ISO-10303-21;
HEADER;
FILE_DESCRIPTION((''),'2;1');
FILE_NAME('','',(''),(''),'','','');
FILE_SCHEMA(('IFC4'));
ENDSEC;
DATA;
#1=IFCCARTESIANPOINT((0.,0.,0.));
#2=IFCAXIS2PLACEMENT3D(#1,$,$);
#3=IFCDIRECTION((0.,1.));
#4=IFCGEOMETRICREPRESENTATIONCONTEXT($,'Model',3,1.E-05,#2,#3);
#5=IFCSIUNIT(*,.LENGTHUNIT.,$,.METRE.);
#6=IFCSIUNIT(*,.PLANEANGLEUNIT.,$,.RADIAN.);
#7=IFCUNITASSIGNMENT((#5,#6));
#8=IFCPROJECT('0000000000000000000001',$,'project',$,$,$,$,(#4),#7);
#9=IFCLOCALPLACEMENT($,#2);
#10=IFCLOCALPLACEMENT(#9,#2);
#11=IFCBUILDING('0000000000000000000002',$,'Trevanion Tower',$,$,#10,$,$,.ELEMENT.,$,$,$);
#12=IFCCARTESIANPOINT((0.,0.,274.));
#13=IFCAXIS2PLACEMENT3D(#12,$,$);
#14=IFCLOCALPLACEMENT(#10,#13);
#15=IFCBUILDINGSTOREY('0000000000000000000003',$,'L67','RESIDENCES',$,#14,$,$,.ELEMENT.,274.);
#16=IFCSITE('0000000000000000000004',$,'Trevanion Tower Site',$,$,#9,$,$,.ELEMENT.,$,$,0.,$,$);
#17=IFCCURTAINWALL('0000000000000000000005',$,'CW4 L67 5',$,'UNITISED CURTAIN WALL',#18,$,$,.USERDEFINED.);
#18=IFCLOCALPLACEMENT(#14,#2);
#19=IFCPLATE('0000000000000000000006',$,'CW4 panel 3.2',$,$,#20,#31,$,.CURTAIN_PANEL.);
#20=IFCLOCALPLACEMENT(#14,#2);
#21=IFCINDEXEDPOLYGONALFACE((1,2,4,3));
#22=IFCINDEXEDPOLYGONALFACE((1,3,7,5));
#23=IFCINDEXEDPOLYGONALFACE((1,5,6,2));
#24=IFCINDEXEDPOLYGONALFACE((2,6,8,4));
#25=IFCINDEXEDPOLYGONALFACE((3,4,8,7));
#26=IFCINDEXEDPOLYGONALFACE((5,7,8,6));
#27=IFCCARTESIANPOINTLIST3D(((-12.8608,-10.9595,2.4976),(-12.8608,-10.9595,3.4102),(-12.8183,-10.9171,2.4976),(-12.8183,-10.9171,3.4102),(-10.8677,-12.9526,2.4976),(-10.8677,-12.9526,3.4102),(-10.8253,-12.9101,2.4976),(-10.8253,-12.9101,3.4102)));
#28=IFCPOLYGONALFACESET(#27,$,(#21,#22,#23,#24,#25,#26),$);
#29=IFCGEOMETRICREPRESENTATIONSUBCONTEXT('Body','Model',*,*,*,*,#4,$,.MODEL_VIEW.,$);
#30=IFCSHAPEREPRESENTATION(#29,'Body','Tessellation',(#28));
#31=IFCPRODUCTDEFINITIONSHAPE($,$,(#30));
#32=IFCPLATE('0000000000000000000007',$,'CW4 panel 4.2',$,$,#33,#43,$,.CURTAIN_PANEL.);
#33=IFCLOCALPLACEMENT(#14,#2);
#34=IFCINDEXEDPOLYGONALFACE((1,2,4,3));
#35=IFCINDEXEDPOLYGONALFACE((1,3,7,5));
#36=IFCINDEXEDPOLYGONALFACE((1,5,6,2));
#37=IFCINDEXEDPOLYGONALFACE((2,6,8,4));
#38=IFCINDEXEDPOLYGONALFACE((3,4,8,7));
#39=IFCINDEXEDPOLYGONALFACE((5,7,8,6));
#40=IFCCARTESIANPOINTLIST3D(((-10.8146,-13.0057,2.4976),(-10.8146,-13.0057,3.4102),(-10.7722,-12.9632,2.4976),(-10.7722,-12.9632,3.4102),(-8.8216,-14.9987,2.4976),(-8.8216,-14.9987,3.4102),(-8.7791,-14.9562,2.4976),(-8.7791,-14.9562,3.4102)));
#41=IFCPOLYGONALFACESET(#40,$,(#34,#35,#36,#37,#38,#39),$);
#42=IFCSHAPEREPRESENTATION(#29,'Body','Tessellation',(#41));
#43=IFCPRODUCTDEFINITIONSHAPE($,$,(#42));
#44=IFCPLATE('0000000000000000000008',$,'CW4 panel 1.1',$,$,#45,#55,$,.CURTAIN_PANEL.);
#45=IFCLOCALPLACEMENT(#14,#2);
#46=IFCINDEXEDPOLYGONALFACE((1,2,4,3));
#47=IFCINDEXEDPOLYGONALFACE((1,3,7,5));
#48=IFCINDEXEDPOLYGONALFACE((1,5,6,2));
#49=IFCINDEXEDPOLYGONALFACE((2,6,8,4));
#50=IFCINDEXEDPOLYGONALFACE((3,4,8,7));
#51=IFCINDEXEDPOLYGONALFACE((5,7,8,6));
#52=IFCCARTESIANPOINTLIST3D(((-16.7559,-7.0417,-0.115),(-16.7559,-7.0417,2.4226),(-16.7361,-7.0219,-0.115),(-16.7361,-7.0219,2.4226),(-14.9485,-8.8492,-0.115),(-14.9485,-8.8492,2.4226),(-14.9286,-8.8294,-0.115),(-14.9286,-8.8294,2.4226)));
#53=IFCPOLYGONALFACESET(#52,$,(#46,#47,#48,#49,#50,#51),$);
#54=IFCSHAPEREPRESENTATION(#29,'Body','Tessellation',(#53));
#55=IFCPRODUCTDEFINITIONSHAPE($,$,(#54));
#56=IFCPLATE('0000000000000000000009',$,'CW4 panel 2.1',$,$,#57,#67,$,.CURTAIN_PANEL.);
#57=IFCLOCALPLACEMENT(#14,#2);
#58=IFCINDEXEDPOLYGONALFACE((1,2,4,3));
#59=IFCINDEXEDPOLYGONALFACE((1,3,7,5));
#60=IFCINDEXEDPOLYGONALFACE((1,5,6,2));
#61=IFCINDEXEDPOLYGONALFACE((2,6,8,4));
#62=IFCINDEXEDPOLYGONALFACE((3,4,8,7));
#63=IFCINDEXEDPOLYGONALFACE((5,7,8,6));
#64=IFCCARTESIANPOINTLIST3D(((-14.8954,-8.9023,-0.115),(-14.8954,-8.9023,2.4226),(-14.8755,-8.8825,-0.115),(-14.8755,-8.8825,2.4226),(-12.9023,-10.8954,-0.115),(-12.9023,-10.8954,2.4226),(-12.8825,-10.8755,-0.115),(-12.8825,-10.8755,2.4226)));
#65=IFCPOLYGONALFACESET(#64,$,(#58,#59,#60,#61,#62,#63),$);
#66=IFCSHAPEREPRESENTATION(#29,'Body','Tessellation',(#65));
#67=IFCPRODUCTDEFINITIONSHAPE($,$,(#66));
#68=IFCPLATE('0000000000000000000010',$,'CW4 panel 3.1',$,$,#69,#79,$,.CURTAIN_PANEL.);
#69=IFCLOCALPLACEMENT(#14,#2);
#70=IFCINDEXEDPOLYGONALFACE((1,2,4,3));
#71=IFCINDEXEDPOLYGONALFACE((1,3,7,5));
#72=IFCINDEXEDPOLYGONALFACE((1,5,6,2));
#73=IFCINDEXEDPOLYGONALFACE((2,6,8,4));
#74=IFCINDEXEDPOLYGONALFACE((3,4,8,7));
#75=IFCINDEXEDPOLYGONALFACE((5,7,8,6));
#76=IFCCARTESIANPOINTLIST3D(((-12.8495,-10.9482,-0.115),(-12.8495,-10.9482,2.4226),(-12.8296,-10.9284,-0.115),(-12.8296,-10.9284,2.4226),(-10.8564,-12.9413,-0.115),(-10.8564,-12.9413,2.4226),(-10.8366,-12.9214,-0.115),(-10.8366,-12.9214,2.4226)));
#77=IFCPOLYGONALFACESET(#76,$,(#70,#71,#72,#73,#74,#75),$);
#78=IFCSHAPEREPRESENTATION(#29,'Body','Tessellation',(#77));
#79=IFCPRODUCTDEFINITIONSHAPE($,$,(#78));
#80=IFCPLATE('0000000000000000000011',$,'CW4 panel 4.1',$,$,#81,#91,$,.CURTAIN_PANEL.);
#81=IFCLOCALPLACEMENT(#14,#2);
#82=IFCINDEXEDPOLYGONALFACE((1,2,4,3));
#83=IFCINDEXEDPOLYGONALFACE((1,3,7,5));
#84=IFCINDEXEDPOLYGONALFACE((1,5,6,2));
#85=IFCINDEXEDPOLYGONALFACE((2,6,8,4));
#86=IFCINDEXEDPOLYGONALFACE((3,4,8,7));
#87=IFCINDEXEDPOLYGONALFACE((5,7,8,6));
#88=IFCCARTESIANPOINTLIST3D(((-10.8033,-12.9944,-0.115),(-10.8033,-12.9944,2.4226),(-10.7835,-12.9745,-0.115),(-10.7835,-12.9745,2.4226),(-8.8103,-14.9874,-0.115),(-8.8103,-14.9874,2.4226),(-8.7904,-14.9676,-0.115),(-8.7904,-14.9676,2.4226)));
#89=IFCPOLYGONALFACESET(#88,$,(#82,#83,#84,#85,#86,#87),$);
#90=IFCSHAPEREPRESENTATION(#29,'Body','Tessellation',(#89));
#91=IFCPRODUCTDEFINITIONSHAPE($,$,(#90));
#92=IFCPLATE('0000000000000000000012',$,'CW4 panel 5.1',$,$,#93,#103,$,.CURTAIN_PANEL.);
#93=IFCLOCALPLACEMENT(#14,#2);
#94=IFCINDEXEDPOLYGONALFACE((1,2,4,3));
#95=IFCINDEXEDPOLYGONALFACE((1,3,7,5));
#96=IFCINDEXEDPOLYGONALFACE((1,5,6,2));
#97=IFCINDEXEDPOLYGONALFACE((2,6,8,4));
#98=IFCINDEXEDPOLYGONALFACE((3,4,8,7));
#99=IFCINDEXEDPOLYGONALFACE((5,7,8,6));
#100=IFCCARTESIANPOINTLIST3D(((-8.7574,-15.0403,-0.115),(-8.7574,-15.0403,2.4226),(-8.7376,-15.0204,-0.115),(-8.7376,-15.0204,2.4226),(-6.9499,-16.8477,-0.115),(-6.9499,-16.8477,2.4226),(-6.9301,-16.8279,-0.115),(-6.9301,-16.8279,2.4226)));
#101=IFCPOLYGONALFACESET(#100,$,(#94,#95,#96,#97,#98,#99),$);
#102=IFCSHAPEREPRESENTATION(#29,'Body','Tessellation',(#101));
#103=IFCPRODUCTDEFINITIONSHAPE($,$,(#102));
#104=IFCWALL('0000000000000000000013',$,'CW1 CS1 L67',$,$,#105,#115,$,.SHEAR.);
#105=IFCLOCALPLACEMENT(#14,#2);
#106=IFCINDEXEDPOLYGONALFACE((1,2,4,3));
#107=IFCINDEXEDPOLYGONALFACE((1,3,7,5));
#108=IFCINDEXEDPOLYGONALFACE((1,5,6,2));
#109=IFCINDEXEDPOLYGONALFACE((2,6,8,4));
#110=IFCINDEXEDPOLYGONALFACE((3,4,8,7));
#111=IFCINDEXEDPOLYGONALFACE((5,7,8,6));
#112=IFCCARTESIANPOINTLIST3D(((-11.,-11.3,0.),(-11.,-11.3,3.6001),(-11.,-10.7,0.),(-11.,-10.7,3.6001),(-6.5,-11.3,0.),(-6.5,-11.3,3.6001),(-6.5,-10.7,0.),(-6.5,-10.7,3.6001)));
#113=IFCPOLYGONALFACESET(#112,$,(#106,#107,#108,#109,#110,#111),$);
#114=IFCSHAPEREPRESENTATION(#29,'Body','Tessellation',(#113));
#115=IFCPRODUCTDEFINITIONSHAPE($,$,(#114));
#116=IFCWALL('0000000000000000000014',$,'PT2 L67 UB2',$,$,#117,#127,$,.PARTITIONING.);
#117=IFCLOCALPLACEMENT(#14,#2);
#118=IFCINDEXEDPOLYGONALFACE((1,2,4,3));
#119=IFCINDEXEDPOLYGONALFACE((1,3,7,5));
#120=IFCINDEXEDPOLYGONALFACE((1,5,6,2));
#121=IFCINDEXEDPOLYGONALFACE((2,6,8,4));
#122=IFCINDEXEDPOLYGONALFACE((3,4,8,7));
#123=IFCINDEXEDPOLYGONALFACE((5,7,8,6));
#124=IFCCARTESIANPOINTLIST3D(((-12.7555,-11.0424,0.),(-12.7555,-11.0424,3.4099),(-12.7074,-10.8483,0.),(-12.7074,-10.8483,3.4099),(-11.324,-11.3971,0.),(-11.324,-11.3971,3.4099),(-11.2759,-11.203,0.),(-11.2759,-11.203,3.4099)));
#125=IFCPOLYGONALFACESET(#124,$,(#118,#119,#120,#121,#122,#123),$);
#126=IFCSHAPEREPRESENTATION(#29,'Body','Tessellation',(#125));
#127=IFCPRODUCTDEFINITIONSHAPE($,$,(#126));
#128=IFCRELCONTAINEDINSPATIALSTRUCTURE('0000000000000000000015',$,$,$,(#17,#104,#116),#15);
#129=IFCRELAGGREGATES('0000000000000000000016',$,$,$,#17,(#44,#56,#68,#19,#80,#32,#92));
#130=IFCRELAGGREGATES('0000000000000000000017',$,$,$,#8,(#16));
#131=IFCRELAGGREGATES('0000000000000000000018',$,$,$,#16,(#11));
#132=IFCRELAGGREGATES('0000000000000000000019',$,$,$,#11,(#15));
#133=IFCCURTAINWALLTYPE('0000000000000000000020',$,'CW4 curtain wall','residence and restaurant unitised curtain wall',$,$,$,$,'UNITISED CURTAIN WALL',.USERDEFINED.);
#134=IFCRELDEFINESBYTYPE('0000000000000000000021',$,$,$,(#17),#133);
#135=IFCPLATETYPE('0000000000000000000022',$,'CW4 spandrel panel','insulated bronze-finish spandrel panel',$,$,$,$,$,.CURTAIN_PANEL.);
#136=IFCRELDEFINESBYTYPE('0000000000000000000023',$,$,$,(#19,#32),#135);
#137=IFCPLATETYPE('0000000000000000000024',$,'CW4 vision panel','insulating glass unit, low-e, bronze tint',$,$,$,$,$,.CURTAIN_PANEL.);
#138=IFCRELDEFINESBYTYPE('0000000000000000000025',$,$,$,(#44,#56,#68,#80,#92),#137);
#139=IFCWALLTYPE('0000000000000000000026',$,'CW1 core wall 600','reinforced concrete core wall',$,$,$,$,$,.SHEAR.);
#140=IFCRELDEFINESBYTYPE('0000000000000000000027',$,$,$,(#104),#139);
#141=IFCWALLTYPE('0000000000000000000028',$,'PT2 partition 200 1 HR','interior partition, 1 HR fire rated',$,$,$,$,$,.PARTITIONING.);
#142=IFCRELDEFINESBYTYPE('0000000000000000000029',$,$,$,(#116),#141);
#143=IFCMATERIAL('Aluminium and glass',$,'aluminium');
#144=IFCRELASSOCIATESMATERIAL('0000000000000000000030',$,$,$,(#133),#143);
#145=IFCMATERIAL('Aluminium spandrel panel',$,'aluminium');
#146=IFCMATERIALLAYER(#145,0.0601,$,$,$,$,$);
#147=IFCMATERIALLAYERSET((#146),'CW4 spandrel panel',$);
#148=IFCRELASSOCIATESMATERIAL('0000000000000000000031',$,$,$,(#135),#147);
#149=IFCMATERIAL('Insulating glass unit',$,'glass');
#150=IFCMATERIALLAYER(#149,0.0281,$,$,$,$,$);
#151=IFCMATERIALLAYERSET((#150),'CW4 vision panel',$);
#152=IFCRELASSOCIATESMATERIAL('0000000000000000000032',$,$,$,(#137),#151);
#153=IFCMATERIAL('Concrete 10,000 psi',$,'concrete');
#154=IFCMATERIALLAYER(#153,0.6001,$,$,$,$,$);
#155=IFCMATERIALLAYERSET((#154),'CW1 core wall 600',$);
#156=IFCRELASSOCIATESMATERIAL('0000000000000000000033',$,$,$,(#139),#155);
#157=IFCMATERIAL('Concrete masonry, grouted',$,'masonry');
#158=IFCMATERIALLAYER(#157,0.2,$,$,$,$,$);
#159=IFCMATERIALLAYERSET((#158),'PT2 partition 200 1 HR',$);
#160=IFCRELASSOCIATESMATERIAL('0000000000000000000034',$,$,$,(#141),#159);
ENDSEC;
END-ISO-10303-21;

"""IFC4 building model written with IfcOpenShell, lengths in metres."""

from ifc_helpers import new_model, si_unit, direction, frame, frame_2d, origin, origin_2d, place, context, subcontext, project, spatial, rectangle, extrude, material, layer, layer_set, type_object, element, aggregate, save


model = new_model("IFC4")

# Units and contexts
model_context = context("Model", 3, precision=1e-05, world=origin(), true_north=direction((0.0, 1.0)))
body_context = subcontext(model_context, "Body", "Model", "MODEL_VIEW")
ifc_project = project(units=[si_unit("LENGTHUNIT", "METRE"), si_unit("PLANEANGLEUNIT", "RADIAN")], contexts=[model_context])

# Site, building, storey
site_placement = place(None, origin())
site = spatial("IfcSite", under=ifc_project, at=site_placement, Name="Trevanion Tower Site", CompositionType="ELEMENT", RefElevation=0.0)
building_placement = place(site_placement, origin())
building = spatial("IfcBuilding", under=site, at=building_placement, Name="Trevanion Tower", CompositionType="ELEMENT")
storey_placement = place(building_placement, frame((0.0, 0.0, 274.0)))
storey = spatial("IfcBuildingStorey", under=building, at=storey_placement, Name="L67", Description="RESIDENCES", CompositionType="ELEMENT", Elevation=274.0)

# Curtain wall, plates
ifc_material_1 = material(Name="Aluminium and glass", Category="aluminium")
curtain_wall_type = type_object("IfcCurtainWallType", Name="CW4 curtain wall", Description="residence and restaurant unitised curtain wall", ElementType="UNITISED CURTAIN WALL", PredefinedType="USERDEFINED", material=ifc_material_1)
curtain_wall_placement = place(storey_placement, origin())
curtain_wall = element("IfcCurtainWall", 1, at=curtain_wall_placement, inside=storey, type_object=curtain_wall_type, Name="CW4 L67 5", ObjectType="UNITISED CURTAIN WALL", PredefinedType="USERDEFINED")
ifc_material_2 = material(Name="Aluminium spandrel panel", Category="aluminium")
ifc_layer_1 = layer(ifc_material_2, 0.0601)
ifc_layer_set_1 = layer_set([ifc_layer_1], Name="CW4 spandrel panel")
plate_type_1 = type_object("IfcPlateType", Name="CW4 spandrel panel", Description="insulated bronze-finish spandrel panel", PredefinedType="CURTAIN_PANEL", material=ifc_layer_set_1)
plate_1_placement = place(storey_placement, frame((-11.843, -11.9348, 2.4976), z_axis=(0.0, 0.0, 1.0), x_axis=(0.707107, -0.707107, 0.0)))
plate_1 = element("IfcPlate", 2, at=plate_1_placement, type_object=plate_type_1, Name="CW4 panel 3.2", PredefinedType="CURTAIN_PANEL", context=body_context, shape_type="SweptSolid", body=[
    extrude(rectangle(XDim=2.8186, YDim=0.0601, at=origin_2d()), origin(), (0.0, 0.0, 1.0), 0.9126),
])
plate_2_placement = place(storey_placement, frame((-9.7969, -13.981, 2.4976), z_axis=(0.0, 0.0, 1.0), x_axis=(0.707107, -0.707107, 0.0)))
plate_2 = element("IfcPlate", 3, at=plate_2_placement, type_object=plate_type_1, Name="CW4 panel 4.2", PredefinedType="CURTAIN_PANEL", context=body_context, shape_type="SweptSolid", body=[
    extrude(rectangle(XDim=2.8186, YDim=0.0601, at=origin_2d()), origin(), (0.0, 0.0, 1.0), 0.9126),
])
ifc_material_3 = material(Name="Insulating glass unit", Category="glass")
ifc_layer_2 = layer(ifc_material_3, 0.0281)
ifc_layer_set_2 = layer_set([ifc_layer_2], Name="CW4 vision panel")
plate_type_2 = type_object("IfcPlateType", Name="CW4 vision panel", Description="insulating glass unit, low-e, bronze tint", PredefinedType="CURTAIN_PANEL", material=ifc_layer_set_2)
plate_3_placement = place(storey_placement, frame((-15.8423, -7.9355, -0.115), z_axis=(0.0, 0.0, 1.0), x_axis=(0.707107, -0.707107, 0.0)))
plate_3 = element("IfcPlate", 4, at=plate_3_placement, type_object=plate_type_2, Name="CW4 panel 1.1", PredefinedType="CURTAIN_PANEL", context=body_context, shape_type="SweptSolid", body=[
    extrude(rectangle(XDim=2.5562, YDim=0.0281, at=origin_2d()), origin(), (0.0, 0.0, 1.0), 2.5376),
])
plate_4_placement = place(storey_placement, frame((-13.8889, -9.8889, -0.115), z_axis=(0.0, 0.0, 1.0), x_axis=(0.707107, -0.707107, 0.0)))
plate_4 = element("IfcPlate", 5, at=plate_4_placement, type_object=plate_type_2, Name="CW4 panel 2.1", PredefinedType="CURTAIN_PANEL", context=body_context, shape_type="SweptSolid", body=[
    extrude(rectangle(XDim=2.8186, YDim=0.0281, at=origin_2d()), origin(), (0.0, 0.0, 1.0), 2.5376),
])
plate_5_placement = place(storey_placement, frame((-11.843, -11.9348, -0.115), z_axis=(0.0, 0.0, 1.0), x_axis=(0.707107, -0.707107, 0.0)))
plate_5 = element("IfcPlate", 6, at=plate_5_placement, type_object=plate_type_2, Name="CW4 panel 3.1", PredefinedType="CURTAIN_PANEL", context=body_context, shape_type="SweptSolid", body=[
    extrude(rectangle(XDim=2.8186, YDim=0.0281, at=origin_2d()), origin(), (0.0, 0.0, 1.0), 2.5376),
])
plate_6_placement = place(storey_placement, frame((-9.7969, -13.981, -0.115), z_axis=(0.0, 0.0, 1.0), x_axis=(0.707107, -0.707107, 0.0)))
plate_6 = element("IfcPlate", 7, at=plate_6_placement, type_object=plate_type_2, Name="CW4 panel 4.1", PredefinedType="CURTAIN_PANEL", context=body_context, shape_type="SweptSolid", body=[
    extrude(rectangle(XDim=2.8186, YDim=0.0281, at=origin_2d()), origin(), (0.0, 0.0, 1.0), 2.5376),
])
plate_7_placement = place(storey_placement, frame((-7.8438, -15.9341, -0.115), z_axis=(0.0, 0.0, 1.0), x_axis=(0.707107, -0.707107, 0.0)))
plate_7 = element("IfcPlate", 8, at=plate_7_placement, type_object=plate_type_2, Name="CW4 panel 5.1", PredefinedType="CURTAIN_PANEL", context=body_context, shape_type="SweptSolid", body=[
    extrude(rectangle(XDim=2.5562, YDim=0.0281, at=origin_2d()), origin(), (0.0, 0.0, 1.0), 2.5376),
])
aggregate(curtain_wall, [plate_3, plate_4, plate_5, plate_1, plate_6, plate_2, plate_7])

# Walls
ifc_material_4 = material(Name="Concrete 10,000 psi", Category="concrete")
ifc_layer_3 = layer(ifc_material_4, 0.6001)
ifc_layer_set_3 = layer_set([ifc_layer_3], Name="CW1 core wall 600")
wall_type_1 = type_object("IfcWallType", Name="CW1 core wall 600", Description="reinforced concrete core wall", PredefinedType="SHEAR", material=ifc_layer_set_3)
wall_1_placement = place(storey_placement, frame((-11.0, -11.0, 0.0), z_axis=(0.0, 0.0, 1.0), x_axis=(1.0, 0.0, 0.0)))
element("IfcWall", 9, at=wall_1_placement, inside=storey, type_object=wall_type_1, Name="CW1 CS1 L67", PredefinedType="SHEAR", context=body_context, shape_type="SweptSolid", body=[
    extrude(rectangle(XDim=4.5, YDim=0.6001, at=frame_2d((2.25, 0.0))), origin(), (0.0, 0.0, 1.0), 3.6001),
])
ifc_material_5 = material(Name="Concrete masonry, grouted", Category="masonry")
ifc_layer_4 = layer(ifc_material_5, 0.2)
ifc_layer_set_4 = layer_set([ifc_layer_4], Name="PT2 partition 200 1 HR")
wall_type_2 = type_object("IfcWallType", Name="PT2 partition 200 1 HR", Description="interior partition, 1 HR fire rated", PredefinedType="PARTITIONING", material=ifc_layer_set_4)
wall_2_placement = place(storey_placement, frame((-11.3, -11.3, 0.0), z_axis=(0.0, 0.0, 1.0), x_axis=(-0.970647, 0.24051, 0.0)))
element("IfcWall", 10, at=wall_2_placement, inside=storey, type_object=wall_type_2, Name="PT2 L67 UB2", PredefinedType="PARTITIONING", context=body_context, shape_type="SweptSolid", body=[
    extrude(rectangle(XDim=1.4749, YDim=0.2, at=frame_2d((0.7373, 0.0))), origin(), (0.0, 0.0, 1.0), 3.4099),
])

save(model, "model.ifc")
